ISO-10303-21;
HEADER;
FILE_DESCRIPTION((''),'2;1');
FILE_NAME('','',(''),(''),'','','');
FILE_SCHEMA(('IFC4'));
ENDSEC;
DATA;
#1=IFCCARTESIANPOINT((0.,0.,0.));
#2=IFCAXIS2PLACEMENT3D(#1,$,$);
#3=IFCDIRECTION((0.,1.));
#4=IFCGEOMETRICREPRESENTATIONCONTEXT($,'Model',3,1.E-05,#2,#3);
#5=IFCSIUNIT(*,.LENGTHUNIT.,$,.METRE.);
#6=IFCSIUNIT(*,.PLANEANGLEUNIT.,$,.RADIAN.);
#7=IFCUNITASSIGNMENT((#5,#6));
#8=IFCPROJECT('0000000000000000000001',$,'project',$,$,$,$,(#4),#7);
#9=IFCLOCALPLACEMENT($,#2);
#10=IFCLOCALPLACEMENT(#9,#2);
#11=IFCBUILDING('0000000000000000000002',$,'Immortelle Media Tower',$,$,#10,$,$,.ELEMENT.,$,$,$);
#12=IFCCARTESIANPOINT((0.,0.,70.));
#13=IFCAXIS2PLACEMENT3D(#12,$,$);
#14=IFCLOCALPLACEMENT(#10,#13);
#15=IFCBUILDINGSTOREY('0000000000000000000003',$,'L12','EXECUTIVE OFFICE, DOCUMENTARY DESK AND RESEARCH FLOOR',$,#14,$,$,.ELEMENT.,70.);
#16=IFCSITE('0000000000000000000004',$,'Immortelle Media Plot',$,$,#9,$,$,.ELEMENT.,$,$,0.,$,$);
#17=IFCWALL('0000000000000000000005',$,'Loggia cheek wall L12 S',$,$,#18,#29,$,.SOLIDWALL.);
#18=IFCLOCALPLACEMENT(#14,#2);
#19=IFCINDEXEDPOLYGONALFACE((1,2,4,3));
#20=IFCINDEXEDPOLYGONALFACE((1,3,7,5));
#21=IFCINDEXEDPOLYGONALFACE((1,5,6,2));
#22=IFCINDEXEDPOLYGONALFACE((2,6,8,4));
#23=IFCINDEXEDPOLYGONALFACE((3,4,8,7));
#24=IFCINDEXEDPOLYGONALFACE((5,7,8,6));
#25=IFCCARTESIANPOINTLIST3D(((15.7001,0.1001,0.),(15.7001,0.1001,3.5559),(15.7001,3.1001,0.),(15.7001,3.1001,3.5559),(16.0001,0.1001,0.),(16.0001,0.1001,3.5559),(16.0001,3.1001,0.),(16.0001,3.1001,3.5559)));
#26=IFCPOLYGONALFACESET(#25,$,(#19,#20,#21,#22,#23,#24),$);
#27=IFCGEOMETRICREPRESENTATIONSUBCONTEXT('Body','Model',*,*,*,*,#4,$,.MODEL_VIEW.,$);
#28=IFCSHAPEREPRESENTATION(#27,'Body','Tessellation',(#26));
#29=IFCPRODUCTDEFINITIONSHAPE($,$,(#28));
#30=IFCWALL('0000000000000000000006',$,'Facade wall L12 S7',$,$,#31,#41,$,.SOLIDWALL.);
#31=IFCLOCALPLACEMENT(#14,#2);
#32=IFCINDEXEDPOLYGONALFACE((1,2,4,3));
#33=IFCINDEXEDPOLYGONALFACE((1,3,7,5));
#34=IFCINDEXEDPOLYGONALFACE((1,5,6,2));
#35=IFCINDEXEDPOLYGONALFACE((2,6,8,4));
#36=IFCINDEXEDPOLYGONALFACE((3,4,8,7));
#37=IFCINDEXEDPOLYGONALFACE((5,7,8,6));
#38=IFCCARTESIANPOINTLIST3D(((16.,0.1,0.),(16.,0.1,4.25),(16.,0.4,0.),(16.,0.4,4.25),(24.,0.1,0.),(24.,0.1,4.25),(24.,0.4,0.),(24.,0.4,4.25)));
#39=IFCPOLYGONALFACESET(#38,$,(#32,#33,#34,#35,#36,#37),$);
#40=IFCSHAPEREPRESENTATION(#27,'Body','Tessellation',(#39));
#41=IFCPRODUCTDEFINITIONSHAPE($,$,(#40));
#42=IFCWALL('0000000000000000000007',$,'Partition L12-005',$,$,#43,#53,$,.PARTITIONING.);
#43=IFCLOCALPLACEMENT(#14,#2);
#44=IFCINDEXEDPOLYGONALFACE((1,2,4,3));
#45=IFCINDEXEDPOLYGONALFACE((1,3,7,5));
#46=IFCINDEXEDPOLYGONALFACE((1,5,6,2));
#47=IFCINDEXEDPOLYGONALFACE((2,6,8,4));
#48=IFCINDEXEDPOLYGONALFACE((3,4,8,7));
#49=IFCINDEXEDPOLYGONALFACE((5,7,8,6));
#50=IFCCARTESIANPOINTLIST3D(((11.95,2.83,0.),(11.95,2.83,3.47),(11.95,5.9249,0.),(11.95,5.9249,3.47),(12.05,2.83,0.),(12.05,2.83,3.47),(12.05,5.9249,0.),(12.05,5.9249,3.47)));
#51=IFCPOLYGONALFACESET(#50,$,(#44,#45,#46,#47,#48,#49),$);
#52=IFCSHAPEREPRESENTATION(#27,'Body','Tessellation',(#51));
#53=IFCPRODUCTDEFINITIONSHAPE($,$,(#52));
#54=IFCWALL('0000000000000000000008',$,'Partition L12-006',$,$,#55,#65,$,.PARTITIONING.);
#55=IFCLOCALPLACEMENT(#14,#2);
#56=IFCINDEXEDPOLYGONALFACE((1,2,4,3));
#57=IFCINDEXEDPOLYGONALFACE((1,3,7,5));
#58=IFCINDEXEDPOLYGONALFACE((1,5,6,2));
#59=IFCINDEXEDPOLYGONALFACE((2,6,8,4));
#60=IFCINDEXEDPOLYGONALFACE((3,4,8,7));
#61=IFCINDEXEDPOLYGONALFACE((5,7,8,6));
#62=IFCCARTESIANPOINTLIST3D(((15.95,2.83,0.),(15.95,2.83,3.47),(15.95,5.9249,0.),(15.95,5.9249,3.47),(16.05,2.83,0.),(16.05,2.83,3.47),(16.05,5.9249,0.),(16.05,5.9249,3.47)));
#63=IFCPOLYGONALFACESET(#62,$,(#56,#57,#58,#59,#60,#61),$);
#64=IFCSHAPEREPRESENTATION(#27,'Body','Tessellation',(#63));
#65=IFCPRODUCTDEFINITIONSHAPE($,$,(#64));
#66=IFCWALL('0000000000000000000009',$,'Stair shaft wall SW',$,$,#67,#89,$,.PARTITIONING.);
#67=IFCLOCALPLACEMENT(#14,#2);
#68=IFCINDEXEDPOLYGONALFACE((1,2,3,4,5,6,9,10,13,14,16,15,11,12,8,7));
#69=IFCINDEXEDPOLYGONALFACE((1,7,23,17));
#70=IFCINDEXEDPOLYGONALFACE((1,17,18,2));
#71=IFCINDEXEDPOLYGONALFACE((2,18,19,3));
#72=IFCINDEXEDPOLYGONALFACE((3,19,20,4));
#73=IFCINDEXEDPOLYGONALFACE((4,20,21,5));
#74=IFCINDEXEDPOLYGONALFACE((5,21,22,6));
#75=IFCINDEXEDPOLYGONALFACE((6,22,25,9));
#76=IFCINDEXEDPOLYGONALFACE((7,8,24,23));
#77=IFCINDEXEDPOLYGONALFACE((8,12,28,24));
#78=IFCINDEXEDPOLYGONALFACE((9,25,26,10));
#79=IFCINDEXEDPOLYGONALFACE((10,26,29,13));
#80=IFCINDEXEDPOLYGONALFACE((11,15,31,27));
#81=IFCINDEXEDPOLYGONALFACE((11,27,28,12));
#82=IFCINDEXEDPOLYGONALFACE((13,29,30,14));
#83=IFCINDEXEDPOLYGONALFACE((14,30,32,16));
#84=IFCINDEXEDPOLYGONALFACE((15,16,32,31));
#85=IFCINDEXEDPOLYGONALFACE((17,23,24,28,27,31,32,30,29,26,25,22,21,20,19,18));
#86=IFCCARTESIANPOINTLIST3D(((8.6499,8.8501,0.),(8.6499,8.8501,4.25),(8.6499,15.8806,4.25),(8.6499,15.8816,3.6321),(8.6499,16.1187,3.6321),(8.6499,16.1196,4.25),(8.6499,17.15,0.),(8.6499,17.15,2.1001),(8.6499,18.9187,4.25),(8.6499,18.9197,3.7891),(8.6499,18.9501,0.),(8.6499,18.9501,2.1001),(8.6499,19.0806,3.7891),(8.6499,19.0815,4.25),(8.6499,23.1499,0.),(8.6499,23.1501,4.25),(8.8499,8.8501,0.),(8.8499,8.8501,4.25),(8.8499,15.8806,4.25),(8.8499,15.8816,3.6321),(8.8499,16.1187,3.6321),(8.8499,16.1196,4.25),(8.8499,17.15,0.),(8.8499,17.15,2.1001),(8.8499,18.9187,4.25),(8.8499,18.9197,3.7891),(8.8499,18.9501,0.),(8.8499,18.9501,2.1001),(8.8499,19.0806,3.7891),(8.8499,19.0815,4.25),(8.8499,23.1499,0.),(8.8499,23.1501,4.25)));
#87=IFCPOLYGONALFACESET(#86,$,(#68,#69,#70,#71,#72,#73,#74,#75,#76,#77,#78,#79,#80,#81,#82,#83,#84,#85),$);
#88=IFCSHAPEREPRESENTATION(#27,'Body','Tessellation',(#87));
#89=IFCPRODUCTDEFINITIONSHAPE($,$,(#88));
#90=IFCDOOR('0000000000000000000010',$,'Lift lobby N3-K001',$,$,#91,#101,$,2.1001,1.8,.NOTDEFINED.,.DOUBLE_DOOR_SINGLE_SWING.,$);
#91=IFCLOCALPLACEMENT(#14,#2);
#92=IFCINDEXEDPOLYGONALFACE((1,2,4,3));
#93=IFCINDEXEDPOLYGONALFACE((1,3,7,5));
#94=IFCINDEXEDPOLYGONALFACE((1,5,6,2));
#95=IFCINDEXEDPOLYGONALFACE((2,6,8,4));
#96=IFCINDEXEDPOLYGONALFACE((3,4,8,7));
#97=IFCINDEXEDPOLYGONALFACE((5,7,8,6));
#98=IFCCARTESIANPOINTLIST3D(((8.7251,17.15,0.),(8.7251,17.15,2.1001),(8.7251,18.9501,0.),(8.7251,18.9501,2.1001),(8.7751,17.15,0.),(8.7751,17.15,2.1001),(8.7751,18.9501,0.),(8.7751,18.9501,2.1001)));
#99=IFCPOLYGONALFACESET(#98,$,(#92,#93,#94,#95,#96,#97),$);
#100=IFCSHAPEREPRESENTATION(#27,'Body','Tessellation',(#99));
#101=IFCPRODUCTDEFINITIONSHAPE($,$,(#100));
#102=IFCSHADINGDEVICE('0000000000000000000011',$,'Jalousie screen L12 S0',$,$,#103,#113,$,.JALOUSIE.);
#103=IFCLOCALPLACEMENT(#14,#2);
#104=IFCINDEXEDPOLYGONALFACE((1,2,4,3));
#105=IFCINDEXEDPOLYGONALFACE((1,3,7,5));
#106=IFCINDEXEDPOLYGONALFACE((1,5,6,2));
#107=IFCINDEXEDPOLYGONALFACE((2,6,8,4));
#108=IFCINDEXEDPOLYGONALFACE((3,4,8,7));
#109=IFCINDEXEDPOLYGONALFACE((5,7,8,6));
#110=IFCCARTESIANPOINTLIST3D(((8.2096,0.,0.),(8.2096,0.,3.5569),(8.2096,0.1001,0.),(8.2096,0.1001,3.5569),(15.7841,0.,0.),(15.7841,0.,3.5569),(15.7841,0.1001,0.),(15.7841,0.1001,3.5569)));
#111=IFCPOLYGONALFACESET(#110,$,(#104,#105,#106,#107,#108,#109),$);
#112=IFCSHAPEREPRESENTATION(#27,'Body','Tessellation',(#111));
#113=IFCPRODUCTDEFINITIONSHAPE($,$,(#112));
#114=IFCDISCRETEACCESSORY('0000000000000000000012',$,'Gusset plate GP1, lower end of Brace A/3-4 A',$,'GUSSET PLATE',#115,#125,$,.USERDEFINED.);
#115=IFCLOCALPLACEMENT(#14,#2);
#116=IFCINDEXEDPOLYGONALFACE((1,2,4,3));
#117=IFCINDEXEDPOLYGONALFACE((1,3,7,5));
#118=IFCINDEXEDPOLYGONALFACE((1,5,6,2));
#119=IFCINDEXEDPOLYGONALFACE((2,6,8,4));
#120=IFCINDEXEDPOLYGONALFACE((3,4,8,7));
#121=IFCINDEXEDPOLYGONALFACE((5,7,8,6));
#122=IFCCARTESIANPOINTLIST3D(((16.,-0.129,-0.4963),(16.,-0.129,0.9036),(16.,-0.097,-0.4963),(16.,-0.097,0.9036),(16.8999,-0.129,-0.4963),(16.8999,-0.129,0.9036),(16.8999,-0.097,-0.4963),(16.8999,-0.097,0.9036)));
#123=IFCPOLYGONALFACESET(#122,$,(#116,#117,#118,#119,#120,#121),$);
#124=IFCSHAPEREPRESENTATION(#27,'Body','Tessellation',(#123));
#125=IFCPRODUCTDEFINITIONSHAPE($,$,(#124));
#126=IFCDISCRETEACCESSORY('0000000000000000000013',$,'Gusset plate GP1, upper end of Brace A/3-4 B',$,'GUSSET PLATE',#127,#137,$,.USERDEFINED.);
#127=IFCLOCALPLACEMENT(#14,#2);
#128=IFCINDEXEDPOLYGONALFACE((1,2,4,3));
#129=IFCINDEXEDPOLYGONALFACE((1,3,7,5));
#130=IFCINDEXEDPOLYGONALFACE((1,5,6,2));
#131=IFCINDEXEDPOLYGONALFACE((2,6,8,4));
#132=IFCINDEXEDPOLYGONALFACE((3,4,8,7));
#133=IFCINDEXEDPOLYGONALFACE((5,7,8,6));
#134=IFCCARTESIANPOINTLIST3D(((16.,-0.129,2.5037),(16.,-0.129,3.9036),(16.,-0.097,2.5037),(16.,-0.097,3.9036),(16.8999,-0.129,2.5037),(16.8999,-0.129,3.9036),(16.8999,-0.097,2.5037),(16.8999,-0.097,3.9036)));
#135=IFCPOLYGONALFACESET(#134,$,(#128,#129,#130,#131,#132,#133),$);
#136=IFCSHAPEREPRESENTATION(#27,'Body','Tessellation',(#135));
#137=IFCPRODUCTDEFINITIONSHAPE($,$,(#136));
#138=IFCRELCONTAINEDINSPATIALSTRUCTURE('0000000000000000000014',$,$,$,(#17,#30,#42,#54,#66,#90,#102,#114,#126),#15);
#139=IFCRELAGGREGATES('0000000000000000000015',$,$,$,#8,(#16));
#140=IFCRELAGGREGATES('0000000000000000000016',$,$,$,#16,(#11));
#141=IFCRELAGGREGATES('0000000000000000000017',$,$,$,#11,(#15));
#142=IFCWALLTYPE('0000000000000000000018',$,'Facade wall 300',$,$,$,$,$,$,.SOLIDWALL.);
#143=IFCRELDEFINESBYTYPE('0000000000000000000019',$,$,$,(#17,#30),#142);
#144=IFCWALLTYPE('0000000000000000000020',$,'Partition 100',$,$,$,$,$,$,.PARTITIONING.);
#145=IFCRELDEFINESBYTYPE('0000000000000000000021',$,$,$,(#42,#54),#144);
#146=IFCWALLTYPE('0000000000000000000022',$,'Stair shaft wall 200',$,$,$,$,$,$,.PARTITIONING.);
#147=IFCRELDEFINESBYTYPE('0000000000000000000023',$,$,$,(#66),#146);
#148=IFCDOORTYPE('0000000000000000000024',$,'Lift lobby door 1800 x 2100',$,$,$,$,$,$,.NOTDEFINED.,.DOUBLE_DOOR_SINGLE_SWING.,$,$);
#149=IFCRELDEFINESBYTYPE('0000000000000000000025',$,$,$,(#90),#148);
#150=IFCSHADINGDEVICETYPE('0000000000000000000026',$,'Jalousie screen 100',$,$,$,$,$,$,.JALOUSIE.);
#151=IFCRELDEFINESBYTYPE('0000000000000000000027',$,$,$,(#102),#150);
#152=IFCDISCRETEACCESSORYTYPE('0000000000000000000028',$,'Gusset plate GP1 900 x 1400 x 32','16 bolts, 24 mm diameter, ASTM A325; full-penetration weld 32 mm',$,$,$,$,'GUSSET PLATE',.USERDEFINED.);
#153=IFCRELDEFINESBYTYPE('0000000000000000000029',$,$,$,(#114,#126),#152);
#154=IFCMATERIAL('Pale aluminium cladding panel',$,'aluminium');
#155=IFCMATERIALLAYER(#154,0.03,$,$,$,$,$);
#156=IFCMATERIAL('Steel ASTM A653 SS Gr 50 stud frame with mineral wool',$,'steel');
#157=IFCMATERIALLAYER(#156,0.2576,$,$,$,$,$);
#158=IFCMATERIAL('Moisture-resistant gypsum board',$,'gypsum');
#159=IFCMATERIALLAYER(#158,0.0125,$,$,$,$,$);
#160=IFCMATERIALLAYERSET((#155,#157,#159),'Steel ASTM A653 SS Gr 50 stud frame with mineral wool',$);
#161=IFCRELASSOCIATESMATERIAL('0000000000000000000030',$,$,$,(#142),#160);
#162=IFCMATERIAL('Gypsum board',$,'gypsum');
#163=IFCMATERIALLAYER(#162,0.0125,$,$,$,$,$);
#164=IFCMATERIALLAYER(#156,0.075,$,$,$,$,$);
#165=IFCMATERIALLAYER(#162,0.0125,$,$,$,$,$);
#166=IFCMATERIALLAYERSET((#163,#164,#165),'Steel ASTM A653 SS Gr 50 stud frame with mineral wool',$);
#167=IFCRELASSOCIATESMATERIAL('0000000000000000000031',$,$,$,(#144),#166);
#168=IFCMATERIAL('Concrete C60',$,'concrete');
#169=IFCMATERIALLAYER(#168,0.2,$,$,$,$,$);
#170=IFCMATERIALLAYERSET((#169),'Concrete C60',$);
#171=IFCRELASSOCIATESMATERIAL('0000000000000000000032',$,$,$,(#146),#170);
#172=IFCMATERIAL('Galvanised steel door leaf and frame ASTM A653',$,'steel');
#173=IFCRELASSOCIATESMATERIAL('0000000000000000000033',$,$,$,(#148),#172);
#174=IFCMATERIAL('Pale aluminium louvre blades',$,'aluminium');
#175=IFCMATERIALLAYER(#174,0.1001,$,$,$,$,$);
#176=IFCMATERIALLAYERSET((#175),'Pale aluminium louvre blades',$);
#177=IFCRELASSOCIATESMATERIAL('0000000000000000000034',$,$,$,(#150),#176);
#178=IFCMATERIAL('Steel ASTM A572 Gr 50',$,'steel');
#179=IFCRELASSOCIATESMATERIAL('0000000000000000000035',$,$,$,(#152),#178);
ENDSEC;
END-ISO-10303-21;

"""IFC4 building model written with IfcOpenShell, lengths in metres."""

from ifc_helpers import new_model, si_unit, direction, frame, frame_2d, origin, origin_2d, place, context, subcontext, project, spatial, polyline, rectangle, outline, extrude, material, layer, layer_set, material_profile, profile_set, type_object, element, fill, save


model = new_model("IFC4")

# Units and contexts
model_context = context("Model", 3, precision=1e-05, world=origin(), true_north=direction((0.0, 1.0)))
body_context = subcontext(model_context, "Body", "Model", "MODEL_VIEW")
ifc_project = project(units=[si_unit("LENGTHUNIT", "METRE"), si_unit("PLANEANGLEUNIT", "RADIAN")], contexts=[model_context])

# Site, building, storey
site_placement = place(None, origin())
site = spatial("IfcSite", under=ifc_project, at=site_placement, Name="Immortelle Media Plot", CompositionType="ELEMENT", RefElevation=0.0)
building_placement = place(site_placement, origin())
building = spatial("IfcBuilding", under=site, at=building_placement, Name="Immortelle Media Tower", CompositionType="ELEMENT")
storey_placement = place(building_placement, frame((0.0, 0.0, 70.0)))
storey = spatial("IfcBuildingStorey", under=building, at=storey_placement, Name="L12", Description="EXECUTIVE OFFICE, DOCUMENTARY DESK AND RESEARCH FLOOR", CompositionType="ELEMENT", Elevation=70.0)

# Walls
ifc_material_1 = material(Name="Pale aluminium cladding panel", Category="aluminium")
ifc_layer_1 = layer(ifc_material_1, 0.03)
ifc_material_2 = material(Name="Steel ASTM A653 SS Gr 50 stud frame with mineral wool", Category="steel")
ifc_layer_2 = layer(ifc_material_2, 0.2576)
ifc_material_3 = material(Name="Moisture-resistant gypsum board", Category="gypsum")
ifc_layer_3 = layer(ifc_material_3, 0.0125)
ifc_layer_set_1 = layer_set([ifc_layer_1, ifc_layer_2, ifc_layer_3], Name="Steel ASTM A653 SS Gr 50 stud frame with mineral wool")
wall_type_1 = type_object("IfcWallType", Name="Facade wall 300", PredefinedType="SOLIDWALL", material=ifc_layer_set_1)
wall_1_placement = place(storey_placement, frame((15.8501, 0.1001, 0.0), z_axis=(0.0, 0.0, 1.0), x_axis=(0.0, 1.0, 0.0)))
element("IfcWall", 1, at=wall_1_placement, inside=storey, type_object=wall_type_1, Name="Loggia cheek wall L12 S", PredefinedType="SOLIDWALL", context=body_context, shape_type="SweptSolid", body=[
    extrude(rectangle(XDim=3.0, YDim=0.3, at=frame_2d((1.5, 0.0))), origin(), (0.0, 0.0, 1.0), 3.5559),
])
wall_2_placement = place(storey_placement, frame((16.0, 0.25, 0.0), z_axis=(0.0, 0.0, 1.0), x_axis=(1.0, 0.0, 0.0)))
element("IfcWall", 2, at=wall_2_placement, inside=storey, type_object=wall_type_1, Name="Facade wall L12 S7", PredefinedType="SOLIDWALL", context=body_context, shape_type="SweptSolid", body=[
    extrude(rectangle(XDim=8.0, YDim=0.3, at=frame_2d((4.0, 0.0))), origin(), (0.0, 0.0, 1.0), 4.25),
])
ifc_material_4 = material(Name="Gypsum board", Category="gypsum")
ifc_layer_4 = layer(ifc_material_4, 0.0125)
ifc_layer_5 = layer(ifc_material_2, 0.075)
ifc_layer_6 = layer(ifc_material_4, 0.0125)
ifc_layer_set_2 = layer_set([ifc_layer_4, ifc_layer_5, ifc_layer_6], Name="Steel ASTM A653 SS Gr 50 stud frame with mineral wool")
wall_type_2 = type_object("IfcWallType", Name="Partition 100", PredefinedType="PARTITIONING", material=ifc_layer_set_2)
for number, where, z_axis, x_axis, name in (
    (3, (12.0, 2.8301, 0.0), (0.0, 0.0, 1.0), (0.0, 1.0, 0.0), "Partition L12-005"),
    (4, (16.0, 2.8301, 0.0), (0.0, 0.0, 1.0), (0.0, 1.0, 0.0), "Partition L12-006"),
):
    element("IfcWall", number, at=place(storey_placement, frame(where, z_axis=z_axis, x_axis=x_axis)), inside=storey, type_object=wall_type_2, Name=name, PredefinedType="PARTITIONING", context=body_context, shape_type="SweptSolid", body=[
        extrude(rectangle(XDim=3.095, YDim=0.1001, at=frame_2d((1.5474, 0.0))), origin(), (0.0, 0.0, 1.0), 3.47),
    ])

# Wall, opening, door
ifc_material_5 = material(Name="Concrete C60", Category="concrete")
ifc_layer_7 = layer(ifc_material_5, 0.2)
ifc_layer_set_3 = layer_set([ifc_layer_7], Name="Concrete C60")
wall_type_3 = type_object("IfcWallType", Name="Stair shaft wall 200", PredefinedType="PARTITIONING", material=ifc_layer_set_3)
wall_3_placement = place(storey_placement, frame((8.75, 8.8501, 0.0), z_axis=(0.0, 0.0, 1.0), x_axis=(0.0, 1.0, 0.0)))
wall_3 = element("IfcWall", 5, at=wall_3_placement, inside=storey, type_object=wall_type_3, Name="Stair shaft wall SW", PredefinedType="PARTITIONING", context=body_context, shape_type="SweptSolid", body=[
    extrude(outline(polyline([(0.0, 0.0), (14.2998, 0.0), (14.3, 4.25), (10.2314, 4.25), (10.2305, 3.7891), (10.0696, 3.7891), (10.0686, 4.25), (7.2695, 4.25), (7.2686, 3.6321), (7.0315, 3.6321), (7.0305, 4.25), (0.0, 4.25), (0.0, 0.0)])), frame((0.0, 0.1001, 0.0), z_axis=(0.0, -1.0, 0.0), x_axis=(1.0, 0.0, 0.0)), (0.0, 0.0, 1.0), 0.2),
])
opening_placement = place(wall_3_placement, frame((8.3, 0.0, 0.0)))
opening = element("IfcOpeningElement", 6, at=opening_placement, cuts=wall_3, PredefinedType="OPENING", context=body_context, shape_type="SweptSolid", body=[
    extrude(rectangle(XDim=1.8, YDim=2.1001, at=frame_2d((0.8999, 1.05))), frame((0.0, 0.1099, 0.0), z_axis=(0.0, -1.0, 0.0), x_axis=(1.0, 0.0, 0.0)), (0.0, 0.0, 1.0), 0.22),
])
ifc_material_6 = material(Name="Galvanised steel door leaf and frame ASTM A653", Category="steel")
door_type = type_object("IfcDoorType", Name="Lift lobby door 1800 x 2100", OperationType="DOUBLE_DOOR_SINGLE_SWING", PredefinedType="NOTDEFINED", material=ifc_material_6)
door_placement = place(opening_placement, origin())
door = element("IfcDoor", 7, at=door_placement, inside=storey, type_object=door_type, Name="Lift lobby N3-K001", OperationType="DOUBLE_DOOR_SINGLE_SWING", OverallHeight=2.1001, OverallWidth=1.8, PredefinedType="NOTDEFINED", context=body_context, shape_type="SweptSolid", body=[
    extrude(rectangle(XDim=1.8, YDim=2.1001, at=frame_2d((0.8999, 1.05))), frame((0.0, 0.0249, 0.0), z_axis=(0.0, -1.0, 0.0), x_axis=(1.0, 0.0, 0.0)), (0.0, 0.0, 1.0), 0.05),
])
fill(opening, door)

# Shading device
ifc_material_7 = material(Name="Pale aluminium louvre blades", Category="aluminium")
ifc_layer_8 = layer(ifc_material_7, 0.1001)
ifc_layer_set_4 = layer_set([ifc_layer_8], Name="Pale aluminium louvre blades")
shading_device_type = type_object("IfcShadingDeviceType", Name="Jalousie screen 100", PredefinedType="JALOUSIE", material=ifc_layer_set_4)
shading_device_placement = place(storey_placement, frame((11.9968, 0.05, 0.0), z_axis=(0.0, 0.0, 1.0), x_axis=(1.0, 0.0, 0.0)))
element("IfcShadingDevice", 8, at=shading_device_placement, inside=storey, type_object=shading_device_type, Name="Jalousie screen L12 S0", PredefinedType="JALOUSIE", context=body_context, shape_type="SweptSolid", body=[
    extrude(rectangle(XDim=7.5745, YDim=0.1001, at=origin_2d()), origin(), (0.0, 0.0, 1.0), 3.5569),
])

# Discrete accessories
ifc_material_8 = material(Name="Steel ASTM A572 Gr 50", Category="steel")
ifc_material_profile_1 = material_profile(ifc_material_8, rectangle(XDim=0.032, YDim=1.3999, at=origin_2d()), Name="PL 32 x 1400")
ifc_profile_set_1 = profile_set([ifc_material_profile_1], Name="Steel ASTM A572 Gr 50")
discrete_accessory_type = type_object("IfcDiscreteAccessoryType", Name="Gusset plate GP1 900 x 1400 x 32", Description="16 bolts, 24 mm diameter, ASTM A325; full-penetration weld 32 mm", ElementType="GUSSET PLATE", PredefinedType="USERDEFINED", material=ifc_profile_set_1)
for number, where, z_axis, x_axis, name in (
    (9, (16.0, -0.113, 0.2036), (1.0, 0.0, 0.0), (0.0, 1.0, 0.0), "Gusset plate GP1, lower end of Brace A/3-4 A"),
    (10, (16.0, -0.113, 3.2036), (1.0, 0.0, 0.0), (0.0, 1.0, 0.0), "Gusset plate GP1, upper end of Brace A/3-4 B"),
):
    element("IfcDiscreteAccessory", number, at=place(storey_placement, frame(where, z_axis=z_axis, x_axis=x_axis)), inside=storey, type_object=discrete_accessory_type, Name=name, ObjectType="GUSSET PLATE", PredefinedType="USERDEFINED", context=body_context, shape_type="SweptSolid", body=[
        extrude(rectangle(XDim=0.032, YDim=1.3999, at=origin_2d()), origin(), (0.0, 0.0, 1.0), 0.8999),
    ])

save(model, "model.ifc")
